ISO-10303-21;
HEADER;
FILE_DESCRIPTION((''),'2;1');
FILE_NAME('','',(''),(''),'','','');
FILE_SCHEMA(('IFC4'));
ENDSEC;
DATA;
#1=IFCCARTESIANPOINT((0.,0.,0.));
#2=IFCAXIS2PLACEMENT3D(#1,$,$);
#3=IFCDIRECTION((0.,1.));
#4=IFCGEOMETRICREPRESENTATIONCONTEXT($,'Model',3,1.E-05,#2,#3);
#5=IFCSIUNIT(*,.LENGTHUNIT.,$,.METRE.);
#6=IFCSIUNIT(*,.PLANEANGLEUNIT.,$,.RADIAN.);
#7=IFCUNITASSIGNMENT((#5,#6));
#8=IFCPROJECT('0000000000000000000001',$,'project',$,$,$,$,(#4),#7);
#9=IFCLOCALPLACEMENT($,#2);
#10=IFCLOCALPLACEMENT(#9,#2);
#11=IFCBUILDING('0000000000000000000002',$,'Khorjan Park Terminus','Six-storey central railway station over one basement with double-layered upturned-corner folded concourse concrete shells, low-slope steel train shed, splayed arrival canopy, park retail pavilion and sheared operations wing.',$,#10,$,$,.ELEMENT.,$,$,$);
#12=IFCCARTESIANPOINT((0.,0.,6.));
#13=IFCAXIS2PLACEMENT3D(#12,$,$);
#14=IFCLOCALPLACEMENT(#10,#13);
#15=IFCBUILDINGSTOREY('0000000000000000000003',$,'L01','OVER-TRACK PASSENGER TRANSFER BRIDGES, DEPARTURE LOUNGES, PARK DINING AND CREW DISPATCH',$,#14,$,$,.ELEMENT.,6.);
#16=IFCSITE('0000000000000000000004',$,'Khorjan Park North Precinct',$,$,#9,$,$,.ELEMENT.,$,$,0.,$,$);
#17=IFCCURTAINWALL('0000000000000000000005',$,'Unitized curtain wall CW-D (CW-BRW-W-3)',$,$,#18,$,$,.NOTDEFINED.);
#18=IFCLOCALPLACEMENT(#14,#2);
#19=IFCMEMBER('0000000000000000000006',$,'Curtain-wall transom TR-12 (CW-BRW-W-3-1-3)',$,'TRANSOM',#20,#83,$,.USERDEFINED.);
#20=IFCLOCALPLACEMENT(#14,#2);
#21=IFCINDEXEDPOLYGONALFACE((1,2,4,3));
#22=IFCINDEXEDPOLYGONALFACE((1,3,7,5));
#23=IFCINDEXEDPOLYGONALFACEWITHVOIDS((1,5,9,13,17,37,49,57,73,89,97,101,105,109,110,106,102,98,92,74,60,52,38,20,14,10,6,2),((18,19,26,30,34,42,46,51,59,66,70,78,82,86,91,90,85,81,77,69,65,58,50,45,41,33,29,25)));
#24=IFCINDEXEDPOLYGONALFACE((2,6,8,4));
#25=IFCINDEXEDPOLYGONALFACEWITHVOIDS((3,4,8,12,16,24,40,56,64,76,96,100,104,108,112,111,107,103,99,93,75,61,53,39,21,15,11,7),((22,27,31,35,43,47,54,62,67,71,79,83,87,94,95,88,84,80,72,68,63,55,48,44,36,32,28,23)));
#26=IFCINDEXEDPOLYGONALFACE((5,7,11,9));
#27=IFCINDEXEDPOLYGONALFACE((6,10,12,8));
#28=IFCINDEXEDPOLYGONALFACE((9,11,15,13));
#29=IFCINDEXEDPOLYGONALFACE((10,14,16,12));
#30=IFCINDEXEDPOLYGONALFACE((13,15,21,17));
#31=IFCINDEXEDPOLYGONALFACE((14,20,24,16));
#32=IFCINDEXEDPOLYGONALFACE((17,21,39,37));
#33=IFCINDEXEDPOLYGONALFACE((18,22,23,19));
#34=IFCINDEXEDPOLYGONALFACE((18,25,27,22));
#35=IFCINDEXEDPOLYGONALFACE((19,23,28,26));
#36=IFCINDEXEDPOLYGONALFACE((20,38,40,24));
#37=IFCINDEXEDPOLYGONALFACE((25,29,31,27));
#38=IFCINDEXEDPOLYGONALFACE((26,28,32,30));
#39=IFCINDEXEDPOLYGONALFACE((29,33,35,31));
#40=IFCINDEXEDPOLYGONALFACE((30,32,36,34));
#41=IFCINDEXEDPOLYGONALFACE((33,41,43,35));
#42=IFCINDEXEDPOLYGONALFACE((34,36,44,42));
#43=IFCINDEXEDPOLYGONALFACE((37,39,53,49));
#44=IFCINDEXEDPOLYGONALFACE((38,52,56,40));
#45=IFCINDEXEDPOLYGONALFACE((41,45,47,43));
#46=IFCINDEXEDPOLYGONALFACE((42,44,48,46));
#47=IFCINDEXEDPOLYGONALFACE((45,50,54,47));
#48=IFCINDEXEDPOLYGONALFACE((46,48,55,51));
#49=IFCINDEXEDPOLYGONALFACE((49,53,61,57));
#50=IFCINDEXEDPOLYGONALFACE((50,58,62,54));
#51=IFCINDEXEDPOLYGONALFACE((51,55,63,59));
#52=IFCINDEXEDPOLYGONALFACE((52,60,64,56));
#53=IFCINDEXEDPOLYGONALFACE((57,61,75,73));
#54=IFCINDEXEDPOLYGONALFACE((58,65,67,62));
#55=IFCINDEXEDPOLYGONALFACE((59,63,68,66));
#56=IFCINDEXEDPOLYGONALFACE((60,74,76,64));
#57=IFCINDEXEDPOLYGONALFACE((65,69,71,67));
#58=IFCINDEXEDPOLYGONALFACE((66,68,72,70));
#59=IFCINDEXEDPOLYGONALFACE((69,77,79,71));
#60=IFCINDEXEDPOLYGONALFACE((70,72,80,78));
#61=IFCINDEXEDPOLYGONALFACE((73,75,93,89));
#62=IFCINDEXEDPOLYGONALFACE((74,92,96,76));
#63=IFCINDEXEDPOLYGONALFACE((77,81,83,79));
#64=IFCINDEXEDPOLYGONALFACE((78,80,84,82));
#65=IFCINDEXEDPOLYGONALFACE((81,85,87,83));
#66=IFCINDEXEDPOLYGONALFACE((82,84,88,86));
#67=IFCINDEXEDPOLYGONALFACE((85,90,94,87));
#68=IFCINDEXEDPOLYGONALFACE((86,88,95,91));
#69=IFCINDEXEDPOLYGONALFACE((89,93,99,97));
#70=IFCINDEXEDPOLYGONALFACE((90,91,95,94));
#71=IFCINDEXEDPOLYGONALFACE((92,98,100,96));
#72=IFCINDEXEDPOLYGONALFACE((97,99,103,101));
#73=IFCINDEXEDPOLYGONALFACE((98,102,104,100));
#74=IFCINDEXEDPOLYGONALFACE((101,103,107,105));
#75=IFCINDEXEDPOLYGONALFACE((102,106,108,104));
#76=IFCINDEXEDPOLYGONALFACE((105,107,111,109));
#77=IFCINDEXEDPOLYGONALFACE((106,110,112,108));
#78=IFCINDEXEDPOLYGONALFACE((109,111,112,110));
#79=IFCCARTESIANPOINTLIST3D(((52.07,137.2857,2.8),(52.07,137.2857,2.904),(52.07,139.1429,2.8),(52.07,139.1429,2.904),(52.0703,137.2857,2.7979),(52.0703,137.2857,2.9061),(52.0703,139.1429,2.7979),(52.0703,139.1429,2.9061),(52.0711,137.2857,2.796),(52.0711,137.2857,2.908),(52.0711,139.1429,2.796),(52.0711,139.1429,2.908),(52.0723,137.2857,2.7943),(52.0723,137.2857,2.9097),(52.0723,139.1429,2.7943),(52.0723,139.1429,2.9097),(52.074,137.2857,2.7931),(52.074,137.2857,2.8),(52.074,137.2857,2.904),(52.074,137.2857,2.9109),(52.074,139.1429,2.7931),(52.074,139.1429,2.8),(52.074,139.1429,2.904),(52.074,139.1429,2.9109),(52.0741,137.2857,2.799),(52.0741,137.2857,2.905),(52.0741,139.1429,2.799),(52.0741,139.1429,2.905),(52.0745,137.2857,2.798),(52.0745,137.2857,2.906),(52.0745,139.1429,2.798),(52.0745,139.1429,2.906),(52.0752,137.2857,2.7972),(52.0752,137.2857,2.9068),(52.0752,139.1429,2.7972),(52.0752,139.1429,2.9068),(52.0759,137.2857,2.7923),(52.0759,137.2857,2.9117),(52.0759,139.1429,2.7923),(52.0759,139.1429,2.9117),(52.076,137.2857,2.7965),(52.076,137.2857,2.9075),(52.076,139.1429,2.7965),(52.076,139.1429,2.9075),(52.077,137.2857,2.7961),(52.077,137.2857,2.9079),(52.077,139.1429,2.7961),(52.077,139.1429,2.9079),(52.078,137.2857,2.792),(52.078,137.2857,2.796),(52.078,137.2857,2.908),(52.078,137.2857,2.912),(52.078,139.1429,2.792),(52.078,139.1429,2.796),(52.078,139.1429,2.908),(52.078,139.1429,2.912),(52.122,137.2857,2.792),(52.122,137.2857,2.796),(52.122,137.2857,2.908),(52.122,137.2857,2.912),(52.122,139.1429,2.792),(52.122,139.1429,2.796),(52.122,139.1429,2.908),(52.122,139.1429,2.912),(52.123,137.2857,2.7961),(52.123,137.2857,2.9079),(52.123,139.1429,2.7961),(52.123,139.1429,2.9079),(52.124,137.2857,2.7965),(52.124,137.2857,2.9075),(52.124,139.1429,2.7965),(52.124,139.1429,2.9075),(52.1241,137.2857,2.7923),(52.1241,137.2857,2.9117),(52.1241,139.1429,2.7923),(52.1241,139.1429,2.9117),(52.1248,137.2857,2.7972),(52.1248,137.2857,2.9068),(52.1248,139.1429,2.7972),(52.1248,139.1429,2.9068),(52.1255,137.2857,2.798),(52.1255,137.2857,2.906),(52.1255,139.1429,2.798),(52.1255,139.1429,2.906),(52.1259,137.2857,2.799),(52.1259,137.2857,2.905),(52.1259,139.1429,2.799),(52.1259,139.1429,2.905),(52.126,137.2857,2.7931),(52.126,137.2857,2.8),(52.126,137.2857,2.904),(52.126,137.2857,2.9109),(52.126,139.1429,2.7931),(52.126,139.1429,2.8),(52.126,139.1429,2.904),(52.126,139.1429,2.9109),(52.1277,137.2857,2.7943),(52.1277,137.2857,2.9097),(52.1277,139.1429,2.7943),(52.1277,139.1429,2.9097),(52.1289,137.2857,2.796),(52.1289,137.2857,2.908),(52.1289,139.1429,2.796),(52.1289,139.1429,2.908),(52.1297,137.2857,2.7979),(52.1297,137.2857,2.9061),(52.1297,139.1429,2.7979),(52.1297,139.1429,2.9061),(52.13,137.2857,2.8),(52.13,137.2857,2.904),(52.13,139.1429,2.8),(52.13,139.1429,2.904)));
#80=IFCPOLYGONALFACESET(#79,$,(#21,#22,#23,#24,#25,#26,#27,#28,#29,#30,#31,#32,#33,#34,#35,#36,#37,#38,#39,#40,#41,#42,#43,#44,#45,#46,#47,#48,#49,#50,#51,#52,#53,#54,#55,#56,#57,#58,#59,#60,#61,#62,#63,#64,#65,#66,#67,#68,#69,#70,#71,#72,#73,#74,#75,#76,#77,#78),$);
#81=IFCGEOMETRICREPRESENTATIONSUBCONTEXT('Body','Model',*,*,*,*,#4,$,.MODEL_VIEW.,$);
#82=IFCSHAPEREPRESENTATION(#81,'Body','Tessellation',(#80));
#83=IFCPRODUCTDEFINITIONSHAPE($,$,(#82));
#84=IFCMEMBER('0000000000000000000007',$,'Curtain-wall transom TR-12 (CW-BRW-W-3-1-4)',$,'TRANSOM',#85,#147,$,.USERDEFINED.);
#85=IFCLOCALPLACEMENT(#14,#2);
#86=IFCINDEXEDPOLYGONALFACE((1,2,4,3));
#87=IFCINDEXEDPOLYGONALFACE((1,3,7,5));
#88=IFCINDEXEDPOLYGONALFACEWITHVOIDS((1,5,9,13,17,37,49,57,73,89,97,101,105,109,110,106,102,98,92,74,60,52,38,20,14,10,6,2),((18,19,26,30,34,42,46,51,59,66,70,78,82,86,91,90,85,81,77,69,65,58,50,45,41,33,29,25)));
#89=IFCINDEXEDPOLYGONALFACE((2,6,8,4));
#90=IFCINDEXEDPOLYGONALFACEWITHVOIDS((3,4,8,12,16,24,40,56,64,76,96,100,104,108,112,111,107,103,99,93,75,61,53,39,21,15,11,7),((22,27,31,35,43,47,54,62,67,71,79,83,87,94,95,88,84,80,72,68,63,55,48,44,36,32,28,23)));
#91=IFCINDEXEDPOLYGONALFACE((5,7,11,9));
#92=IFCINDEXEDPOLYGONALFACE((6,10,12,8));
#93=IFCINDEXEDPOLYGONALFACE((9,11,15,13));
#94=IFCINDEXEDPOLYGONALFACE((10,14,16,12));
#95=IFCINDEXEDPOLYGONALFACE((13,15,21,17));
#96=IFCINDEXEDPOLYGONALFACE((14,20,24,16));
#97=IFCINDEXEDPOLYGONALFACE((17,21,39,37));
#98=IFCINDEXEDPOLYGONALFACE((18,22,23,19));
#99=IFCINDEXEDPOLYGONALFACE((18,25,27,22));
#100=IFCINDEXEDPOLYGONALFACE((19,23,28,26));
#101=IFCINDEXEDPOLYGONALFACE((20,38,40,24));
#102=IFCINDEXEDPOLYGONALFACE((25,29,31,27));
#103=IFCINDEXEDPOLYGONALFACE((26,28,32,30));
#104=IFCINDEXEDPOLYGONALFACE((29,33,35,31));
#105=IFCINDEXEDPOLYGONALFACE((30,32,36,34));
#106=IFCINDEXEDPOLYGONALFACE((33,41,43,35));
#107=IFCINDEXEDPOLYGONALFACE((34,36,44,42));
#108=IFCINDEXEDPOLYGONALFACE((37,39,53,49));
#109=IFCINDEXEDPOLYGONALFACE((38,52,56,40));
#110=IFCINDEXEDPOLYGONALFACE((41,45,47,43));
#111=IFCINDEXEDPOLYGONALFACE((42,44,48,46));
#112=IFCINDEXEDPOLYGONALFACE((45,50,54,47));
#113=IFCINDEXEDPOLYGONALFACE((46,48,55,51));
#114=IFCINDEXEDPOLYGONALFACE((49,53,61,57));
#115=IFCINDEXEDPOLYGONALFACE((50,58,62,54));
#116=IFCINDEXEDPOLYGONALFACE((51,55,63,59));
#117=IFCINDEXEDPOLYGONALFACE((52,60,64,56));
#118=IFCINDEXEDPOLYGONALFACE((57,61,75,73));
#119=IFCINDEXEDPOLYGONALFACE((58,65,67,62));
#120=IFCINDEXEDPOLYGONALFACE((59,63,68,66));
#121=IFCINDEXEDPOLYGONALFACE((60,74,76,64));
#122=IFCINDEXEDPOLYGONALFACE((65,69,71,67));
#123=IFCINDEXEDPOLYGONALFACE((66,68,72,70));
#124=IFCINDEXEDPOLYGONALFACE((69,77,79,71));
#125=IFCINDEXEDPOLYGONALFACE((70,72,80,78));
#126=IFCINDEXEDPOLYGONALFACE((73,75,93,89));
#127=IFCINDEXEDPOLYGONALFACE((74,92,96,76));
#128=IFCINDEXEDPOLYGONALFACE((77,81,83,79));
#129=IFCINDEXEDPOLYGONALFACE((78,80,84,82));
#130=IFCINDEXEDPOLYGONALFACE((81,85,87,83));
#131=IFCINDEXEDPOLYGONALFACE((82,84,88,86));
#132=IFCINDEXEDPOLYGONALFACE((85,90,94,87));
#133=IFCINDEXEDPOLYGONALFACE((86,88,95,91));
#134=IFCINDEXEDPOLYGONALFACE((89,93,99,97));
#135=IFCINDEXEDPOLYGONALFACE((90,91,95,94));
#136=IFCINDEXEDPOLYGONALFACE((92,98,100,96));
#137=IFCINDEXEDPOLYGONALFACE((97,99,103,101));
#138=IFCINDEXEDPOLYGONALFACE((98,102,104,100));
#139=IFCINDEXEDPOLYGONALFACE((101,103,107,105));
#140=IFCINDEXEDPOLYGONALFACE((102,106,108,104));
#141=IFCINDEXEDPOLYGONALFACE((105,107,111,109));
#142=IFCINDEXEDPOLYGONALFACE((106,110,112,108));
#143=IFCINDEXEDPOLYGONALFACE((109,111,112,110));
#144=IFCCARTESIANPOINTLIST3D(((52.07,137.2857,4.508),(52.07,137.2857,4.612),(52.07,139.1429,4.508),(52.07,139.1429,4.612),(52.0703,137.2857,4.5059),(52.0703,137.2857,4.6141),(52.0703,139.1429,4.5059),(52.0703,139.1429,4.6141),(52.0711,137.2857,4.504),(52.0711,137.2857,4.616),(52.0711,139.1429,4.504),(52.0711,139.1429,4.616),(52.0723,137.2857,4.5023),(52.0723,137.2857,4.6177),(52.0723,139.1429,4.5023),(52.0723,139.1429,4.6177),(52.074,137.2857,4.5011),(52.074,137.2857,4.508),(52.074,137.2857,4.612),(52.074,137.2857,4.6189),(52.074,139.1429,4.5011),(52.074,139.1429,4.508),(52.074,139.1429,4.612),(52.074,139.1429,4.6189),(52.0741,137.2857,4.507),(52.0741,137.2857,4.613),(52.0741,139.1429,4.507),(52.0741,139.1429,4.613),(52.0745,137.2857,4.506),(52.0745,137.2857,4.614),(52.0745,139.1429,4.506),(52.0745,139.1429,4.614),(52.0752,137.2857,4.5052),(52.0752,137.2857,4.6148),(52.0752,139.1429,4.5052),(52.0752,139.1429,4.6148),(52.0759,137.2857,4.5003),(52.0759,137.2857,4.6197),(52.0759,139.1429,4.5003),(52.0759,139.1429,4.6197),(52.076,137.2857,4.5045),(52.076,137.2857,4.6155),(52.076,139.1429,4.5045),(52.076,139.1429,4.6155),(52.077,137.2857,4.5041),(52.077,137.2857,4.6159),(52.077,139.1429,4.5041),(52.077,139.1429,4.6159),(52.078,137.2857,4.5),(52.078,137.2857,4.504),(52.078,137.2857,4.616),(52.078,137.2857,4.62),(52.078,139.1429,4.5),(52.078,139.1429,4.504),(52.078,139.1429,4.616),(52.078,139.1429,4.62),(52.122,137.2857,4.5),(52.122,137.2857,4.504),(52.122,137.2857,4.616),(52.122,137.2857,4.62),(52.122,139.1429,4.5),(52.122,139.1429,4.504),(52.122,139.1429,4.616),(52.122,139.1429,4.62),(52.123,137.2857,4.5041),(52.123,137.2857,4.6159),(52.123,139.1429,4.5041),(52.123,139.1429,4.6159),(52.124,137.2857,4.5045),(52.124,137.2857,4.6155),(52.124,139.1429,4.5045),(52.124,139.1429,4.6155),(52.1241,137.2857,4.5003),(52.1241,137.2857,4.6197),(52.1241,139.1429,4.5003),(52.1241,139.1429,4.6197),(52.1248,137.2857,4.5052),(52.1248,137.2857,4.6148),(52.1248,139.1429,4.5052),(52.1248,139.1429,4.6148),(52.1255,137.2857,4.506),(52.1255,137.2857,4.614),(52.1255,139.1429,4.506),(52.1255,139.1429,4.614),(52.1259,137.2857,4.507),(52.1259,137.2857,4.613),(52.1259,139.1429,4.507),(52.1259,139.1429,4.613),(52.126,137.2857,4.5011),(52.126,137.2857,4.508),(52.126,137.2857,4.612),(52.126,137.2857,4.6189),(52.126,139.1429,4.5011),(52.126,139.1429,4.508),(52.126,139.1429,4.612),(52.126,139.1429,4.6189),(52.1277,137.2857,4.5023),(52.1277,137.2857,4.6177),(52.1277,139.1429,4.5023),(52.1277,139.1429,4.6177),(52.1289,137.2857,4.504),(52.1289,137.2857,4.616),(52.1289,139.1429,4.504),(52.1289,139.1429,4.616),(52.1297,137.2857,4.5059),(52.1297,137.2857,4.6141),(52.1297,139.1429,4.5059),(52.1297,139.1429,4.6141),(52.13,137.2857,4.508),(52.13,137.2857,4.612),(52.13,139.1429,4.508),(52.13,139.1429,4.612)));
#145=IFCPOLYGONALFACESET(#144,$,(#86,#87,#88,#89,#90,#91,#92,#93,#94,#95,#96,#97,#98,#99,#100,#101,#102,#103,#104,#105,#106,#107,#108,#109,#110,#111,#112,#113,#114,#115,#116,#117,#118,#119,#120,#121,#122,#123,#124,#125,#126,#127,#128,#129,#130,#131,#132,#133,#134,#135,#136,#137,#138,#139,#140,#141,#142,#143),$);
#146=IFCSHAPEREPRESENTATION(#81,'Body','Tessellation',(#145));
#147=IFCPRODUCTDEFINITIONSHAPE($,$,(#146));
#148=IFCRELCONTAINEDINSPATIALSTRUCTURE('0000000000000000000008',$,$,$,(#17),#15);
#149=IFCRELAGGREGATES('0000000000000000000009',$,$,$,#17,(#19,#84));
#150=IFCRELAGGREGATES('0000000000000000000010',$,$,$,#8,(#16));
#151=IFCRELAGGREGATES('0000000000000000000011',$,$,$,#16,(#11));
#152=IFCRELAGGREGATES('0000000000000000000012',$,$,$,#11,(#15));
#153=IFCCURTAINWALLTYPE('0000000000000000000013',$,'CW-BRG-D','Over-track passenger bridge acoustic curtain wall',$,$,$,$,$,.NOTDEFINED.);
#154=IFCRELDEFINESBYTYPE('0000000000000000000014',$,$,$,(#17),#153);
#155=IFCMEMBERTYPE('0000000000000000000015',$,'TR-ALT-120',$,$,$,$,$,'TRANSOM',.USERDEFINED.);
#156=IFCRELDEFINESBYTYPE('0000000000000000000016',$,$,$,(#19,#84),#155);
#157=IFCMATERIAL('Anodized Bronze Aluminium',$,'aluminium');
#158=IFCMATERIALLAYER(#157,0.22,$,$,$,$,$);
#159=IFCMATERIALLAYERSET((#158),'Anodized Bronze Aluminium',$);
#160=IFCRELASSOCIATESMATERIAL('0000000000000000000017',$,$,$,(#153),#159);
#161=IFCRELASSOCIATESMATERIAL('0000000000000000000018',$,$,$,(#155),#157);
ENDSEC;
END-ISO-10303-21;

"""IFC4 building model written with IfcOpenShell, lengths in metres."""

from ifc_helpers import new_model, si_unit, direction, frame, origin, origin_2d, place, context, subcontext, project, spatial, hollow_rectangle, extrude, material, layer, layer_set, material_profile, profile_set, type_object, element, aggregate, save


model = new_model("IFC4")

# Units and contexts
model_context = context("Model", 3, precision=1e-05, world=origin(), true_north=direction((0.0, 1.0)))
body_context = subcontext(model_context, "Body", "Model", "MODEL_VIEW")
ifc_project = project(units=[si_unit("LENGTHUNIT", "METRE"), si_unit("PLANEANGLEUNIT", "RADIAN")], contexts=[model_context])

# Site, building, storey
site_placement = place(None, origin())
site = spatial("IfcSite", under=ifc_project, at=site_placement, Name="Khorjan Park North Precinct", CompositionType="ELEMENT", RefElevation=0.0)
building_placement = place(site_placement, origin())
building = spatial("IfcBuilding", under=site, at=building_placement, Name="Khorjan Park Terminus", Description="Six-storey central railway station over one basement with double-layered upturned-corner folded concourse concrete shells, low-slope steel train shed, splayed arrival canopy, park retail pavilion and sheared operations wing.", CompositionType="ELEMENT")
storey_placement = place(building_placement, frame((0.0, 0.0, 6.0)))
storey = spatial("IfcBuildingStorey", under=building, at=storey_placement, Name="L01", Description="OVER-TRACK PASSENGER TRANSFER BRIDGES, DEPARTURE LOUNGES, PARK DINING AND CREW DISPATCH", CompositionType="ELEMENT", Elevation=6.0)

# Curtain wall, members
ifc_material_1 = material(Name="Anodized Bronze Aluminium", Category="aluminium")
ifc_layer_1 = layer(ifc_material_1, 0.22)
ifc_layer_set_1 = layer_set([ifc_layer_1], Name="Anodized Bronze Aluminium")
curtain_wall_type = type_object("IfcCurtainWallType", Name="CW-BRG-D", Description="Over-track passenger bridge acoustic curtain wall", PredefinedType="NOTDEFINED", material=ifc_layer_set_1)
curtain_wall_placement = place(storey_placement, origin())
curtain_wall = element("IfcCurtainWall", 1, at=curtain_wall_placement, inside=storey, type_object=curtain_wall_type, Name="Unitized curtain wall CW-D (CW-BRW-W-3)", PredefinedType="NOTDEFINED")
ifc_material_profile_1 = material_profile(ifc_material_1, hollow_rectangle(XDim=0.06, YDim=0.12, WallThickness=0.004, InnerFilletRadius=0.004, OuterFilletRadius=0.008, at=origin_2d()), Name="ALT 60x120x4")
ifc_profile_set_1 = profile_set([ifc_material_profile_1], Name="Anodized Bronze Aluminium")
member_type_1 = type_object("IfcMemberType", Name="TR-ALT-120", ElementType="TRANSOM", PredefinedType="USERDEFINED", material=ifc_profile_set_1)
member_1_placement = place(storey_placement, frame((52.1, 139.1429, 2.852), z_axis=(0.0, -1.0, 0.0), x_axis=(1.0, 0.0, 0.0)))
member_1 = element("IfcMember", 2, at=member_1_placement, type_object=member_type_1, Name="Curtain-wall transom TR-12 (CW-BRW-W-3-1-3)", ObjectType="TRANSOM", PredefinedType="USERDEFINED", context=body_context, shape_type="SweptSolid", body=[
    extrude(hollow_rectangle(XDim=0.06, YDim=0.12, WallThickness=0.004, InnerFilletRadius=0.004, OuterFilletRadius=0.008, at=origin_2d()), origin(), (0.0, 0.0, 1.0), 1.8572),
])
member_2_placement = place(storey_placement, frame((52.1, 139.1429, 4.56), z_axis=(0.0, -1.0, 0.0), x_axis=(1.0, 0.0, 0.0)))
member_2 = element("IfcMember", 3, at=member_2_placement, type_object=member_type_1, Name="Curtain-wall transom TR-12 (CW-BRW-W-3-1-4)", ObjectType="TRANSOM", PredefinedType="USERDEFINED", context=body_context, shape_type="SweptSolid", body=[
    extrude(hollow_rectangle(XDim=0.06, YDim=0.12, WallThickness=0.004, InnerFilletRadius=0.004, OuterFilletRadius=0.008, at=origin_2d()), origin(), (0.0, 0.0, 1.0), 1.8572),
])
aggregate(curtain_wall, [member_1, member_2])

save(model, "model.ifc")
